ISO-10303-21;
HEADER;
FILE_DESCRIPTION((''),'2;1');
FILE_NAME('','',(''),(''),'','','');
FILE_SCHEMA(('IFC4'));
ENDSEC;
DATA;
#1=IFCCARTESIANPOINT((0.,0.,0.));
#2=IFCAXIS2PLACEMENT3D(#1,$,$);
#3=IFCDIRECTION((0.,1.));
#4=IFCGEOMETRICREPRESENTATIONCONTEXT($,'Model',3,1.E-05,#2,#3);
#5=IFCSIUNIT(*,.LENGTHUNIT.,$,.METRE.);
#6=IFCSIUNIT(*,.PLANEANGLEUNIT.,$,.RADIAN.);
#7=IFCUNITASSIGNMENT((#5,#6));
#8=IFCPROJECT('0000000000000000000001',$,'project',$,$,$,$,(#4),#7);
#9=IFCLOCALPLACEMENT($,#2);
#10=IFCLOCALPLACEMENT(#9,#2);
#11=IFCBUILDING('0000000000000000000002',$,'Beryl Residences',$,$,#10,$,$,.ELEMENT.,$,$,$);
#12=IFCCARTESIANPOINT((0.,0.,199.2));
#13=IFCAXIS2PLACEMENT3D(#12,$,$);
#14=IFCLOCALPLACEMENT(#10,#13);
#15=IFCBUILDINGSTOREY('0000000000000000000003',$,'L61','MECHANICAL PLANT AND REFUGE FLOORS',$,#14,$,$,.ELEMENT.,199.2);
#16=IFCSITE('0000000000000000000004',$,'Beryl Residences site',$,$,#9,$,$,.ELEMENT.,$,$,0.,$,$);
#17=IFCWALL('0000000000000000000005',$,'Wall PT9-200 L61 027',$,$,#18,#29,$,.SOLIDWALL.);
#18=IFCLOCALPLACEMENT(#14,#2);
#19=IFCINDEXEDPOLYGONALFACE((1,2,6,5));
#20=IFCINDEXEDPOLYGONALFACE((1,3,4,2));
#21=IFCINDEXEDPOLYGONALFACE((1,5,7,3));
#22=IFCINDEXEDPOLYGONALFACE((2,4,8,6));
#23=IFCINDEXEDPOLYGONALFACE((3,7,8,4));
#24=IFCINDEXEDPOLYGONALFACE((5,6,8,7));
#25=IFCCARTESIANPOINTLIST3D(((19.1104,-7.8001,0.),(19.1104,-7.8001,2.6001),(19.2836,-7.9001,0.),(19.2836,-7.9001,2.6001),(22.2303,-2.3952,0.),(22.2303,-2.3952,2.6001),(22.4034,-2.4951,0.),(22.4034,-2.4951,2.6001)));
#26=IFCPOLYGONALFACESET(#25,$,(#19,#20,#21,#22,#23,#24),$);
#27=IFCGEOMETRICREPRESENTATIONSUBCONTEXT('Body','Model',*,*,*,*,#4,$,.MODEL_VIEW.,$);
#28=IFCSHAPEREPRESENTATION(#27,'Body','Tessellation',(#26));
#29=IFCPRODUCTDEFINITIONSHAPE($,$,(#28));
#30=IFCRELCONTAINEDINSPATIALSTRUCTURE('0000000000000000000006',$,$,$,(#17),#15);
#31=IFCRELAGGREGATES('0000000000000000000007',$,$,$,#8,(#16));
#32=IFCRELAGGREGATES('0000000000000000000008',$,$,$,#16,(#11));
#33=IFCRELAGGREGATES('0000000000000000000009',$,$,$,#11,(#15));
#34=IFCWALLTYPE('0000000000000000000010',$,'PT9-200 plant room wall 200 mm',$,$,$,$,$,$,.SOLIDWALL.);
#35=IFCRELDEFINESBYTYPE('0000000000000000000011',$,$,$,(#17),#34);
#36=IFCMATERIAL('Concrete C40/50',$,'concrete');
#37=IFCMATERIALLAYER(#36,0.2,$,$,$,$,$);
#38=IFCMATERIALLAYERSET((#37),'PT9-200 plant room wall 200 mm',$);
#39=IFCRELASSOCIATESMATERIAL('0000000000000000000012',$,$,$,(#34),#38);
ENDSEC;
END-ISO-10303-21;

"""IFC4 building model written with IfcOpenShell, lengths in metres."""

from ifc_helpers import new_model, si_unit, direction, frame, frame_2d, origin, place, context, subcontext, project, spatial, rectangle, extrude, material, layer, layer_set, type_object, element, save


model = new_model("IFC4")

# Units and contexts
model_context = context("Model", 3, precision=1e-05, world=origin(), true_north=direction((0.0, 1.0)))
body_context = subcontext(model_context, "Body", "Model", "MODEL_VIEW")
ifc_project = project(units=[si_unit("LENGTHUNIT", "METRE"), si_unit("PLANEANGLEUNIT", "RADIAN")], contexts=[model_context])

# Site, building, storey
site_placement = place(None, origin())
site = spatial("IfcSite", under=ifc_project, at=site_placement, Name="Beryl Residences site", CompositionType="ELEMENT", RefElevation=0.0)
building_placement = place(site_placement, origin())
building = spatial("IfcBuilding", under=site, at=building_placement, Name="Beryl Residences", CompositionType="ELEMENT")
storey_placement = place(building_placement, frame((0.0, 0.0, 199.2)))
storey = spatial("IfcBuildingStorey", under=building, at=storey_placement, Name="L61", Description="MECHANICAL PLANT AND REFUGE FLOORS", CompositionType="ELEMENT", Elevation=199.2)

# Shared definitions
ifc_material_1 = material(Name="Concrete C40/50", Category="concrete")
ifc_layer_1 = layer(ifc_material_1, 0.2)
ifc_layer_set_1 = layer_set([ifc_layer_1], Name="PT9-200 plant room wall 200 mm")
wall_type_1 = type_object("IfcWallType", Name="PT9-200 plant room wall 200 mm", PredefinedType="SOLIDWALL", material=ifc_layer_set_1)

# Wall
wall_1_placement = place(storey_placement, frame((19.197, -7.8501, 0.0), z_axis=(0.0, 0.0, 1.0), x_axis=(0.499913, 0.866075, 0.0)))
element("IfcWall", 1, at=wall_1_placement, inside=storey, type_object=wall_type_1, Name="Wall PT9-200 L61 027", PredefinedType="SOLIDWALL", context=body_context, shape_type="SweptSolid", body=[
    extrude(rectangle(XDim=6.2407, YDim=0.2, at=frame_2d((3.1204, 0.0))), origin(), (0.0, 0.0, 1.0), 2.6001),
])

save(model, "model.ifc")
